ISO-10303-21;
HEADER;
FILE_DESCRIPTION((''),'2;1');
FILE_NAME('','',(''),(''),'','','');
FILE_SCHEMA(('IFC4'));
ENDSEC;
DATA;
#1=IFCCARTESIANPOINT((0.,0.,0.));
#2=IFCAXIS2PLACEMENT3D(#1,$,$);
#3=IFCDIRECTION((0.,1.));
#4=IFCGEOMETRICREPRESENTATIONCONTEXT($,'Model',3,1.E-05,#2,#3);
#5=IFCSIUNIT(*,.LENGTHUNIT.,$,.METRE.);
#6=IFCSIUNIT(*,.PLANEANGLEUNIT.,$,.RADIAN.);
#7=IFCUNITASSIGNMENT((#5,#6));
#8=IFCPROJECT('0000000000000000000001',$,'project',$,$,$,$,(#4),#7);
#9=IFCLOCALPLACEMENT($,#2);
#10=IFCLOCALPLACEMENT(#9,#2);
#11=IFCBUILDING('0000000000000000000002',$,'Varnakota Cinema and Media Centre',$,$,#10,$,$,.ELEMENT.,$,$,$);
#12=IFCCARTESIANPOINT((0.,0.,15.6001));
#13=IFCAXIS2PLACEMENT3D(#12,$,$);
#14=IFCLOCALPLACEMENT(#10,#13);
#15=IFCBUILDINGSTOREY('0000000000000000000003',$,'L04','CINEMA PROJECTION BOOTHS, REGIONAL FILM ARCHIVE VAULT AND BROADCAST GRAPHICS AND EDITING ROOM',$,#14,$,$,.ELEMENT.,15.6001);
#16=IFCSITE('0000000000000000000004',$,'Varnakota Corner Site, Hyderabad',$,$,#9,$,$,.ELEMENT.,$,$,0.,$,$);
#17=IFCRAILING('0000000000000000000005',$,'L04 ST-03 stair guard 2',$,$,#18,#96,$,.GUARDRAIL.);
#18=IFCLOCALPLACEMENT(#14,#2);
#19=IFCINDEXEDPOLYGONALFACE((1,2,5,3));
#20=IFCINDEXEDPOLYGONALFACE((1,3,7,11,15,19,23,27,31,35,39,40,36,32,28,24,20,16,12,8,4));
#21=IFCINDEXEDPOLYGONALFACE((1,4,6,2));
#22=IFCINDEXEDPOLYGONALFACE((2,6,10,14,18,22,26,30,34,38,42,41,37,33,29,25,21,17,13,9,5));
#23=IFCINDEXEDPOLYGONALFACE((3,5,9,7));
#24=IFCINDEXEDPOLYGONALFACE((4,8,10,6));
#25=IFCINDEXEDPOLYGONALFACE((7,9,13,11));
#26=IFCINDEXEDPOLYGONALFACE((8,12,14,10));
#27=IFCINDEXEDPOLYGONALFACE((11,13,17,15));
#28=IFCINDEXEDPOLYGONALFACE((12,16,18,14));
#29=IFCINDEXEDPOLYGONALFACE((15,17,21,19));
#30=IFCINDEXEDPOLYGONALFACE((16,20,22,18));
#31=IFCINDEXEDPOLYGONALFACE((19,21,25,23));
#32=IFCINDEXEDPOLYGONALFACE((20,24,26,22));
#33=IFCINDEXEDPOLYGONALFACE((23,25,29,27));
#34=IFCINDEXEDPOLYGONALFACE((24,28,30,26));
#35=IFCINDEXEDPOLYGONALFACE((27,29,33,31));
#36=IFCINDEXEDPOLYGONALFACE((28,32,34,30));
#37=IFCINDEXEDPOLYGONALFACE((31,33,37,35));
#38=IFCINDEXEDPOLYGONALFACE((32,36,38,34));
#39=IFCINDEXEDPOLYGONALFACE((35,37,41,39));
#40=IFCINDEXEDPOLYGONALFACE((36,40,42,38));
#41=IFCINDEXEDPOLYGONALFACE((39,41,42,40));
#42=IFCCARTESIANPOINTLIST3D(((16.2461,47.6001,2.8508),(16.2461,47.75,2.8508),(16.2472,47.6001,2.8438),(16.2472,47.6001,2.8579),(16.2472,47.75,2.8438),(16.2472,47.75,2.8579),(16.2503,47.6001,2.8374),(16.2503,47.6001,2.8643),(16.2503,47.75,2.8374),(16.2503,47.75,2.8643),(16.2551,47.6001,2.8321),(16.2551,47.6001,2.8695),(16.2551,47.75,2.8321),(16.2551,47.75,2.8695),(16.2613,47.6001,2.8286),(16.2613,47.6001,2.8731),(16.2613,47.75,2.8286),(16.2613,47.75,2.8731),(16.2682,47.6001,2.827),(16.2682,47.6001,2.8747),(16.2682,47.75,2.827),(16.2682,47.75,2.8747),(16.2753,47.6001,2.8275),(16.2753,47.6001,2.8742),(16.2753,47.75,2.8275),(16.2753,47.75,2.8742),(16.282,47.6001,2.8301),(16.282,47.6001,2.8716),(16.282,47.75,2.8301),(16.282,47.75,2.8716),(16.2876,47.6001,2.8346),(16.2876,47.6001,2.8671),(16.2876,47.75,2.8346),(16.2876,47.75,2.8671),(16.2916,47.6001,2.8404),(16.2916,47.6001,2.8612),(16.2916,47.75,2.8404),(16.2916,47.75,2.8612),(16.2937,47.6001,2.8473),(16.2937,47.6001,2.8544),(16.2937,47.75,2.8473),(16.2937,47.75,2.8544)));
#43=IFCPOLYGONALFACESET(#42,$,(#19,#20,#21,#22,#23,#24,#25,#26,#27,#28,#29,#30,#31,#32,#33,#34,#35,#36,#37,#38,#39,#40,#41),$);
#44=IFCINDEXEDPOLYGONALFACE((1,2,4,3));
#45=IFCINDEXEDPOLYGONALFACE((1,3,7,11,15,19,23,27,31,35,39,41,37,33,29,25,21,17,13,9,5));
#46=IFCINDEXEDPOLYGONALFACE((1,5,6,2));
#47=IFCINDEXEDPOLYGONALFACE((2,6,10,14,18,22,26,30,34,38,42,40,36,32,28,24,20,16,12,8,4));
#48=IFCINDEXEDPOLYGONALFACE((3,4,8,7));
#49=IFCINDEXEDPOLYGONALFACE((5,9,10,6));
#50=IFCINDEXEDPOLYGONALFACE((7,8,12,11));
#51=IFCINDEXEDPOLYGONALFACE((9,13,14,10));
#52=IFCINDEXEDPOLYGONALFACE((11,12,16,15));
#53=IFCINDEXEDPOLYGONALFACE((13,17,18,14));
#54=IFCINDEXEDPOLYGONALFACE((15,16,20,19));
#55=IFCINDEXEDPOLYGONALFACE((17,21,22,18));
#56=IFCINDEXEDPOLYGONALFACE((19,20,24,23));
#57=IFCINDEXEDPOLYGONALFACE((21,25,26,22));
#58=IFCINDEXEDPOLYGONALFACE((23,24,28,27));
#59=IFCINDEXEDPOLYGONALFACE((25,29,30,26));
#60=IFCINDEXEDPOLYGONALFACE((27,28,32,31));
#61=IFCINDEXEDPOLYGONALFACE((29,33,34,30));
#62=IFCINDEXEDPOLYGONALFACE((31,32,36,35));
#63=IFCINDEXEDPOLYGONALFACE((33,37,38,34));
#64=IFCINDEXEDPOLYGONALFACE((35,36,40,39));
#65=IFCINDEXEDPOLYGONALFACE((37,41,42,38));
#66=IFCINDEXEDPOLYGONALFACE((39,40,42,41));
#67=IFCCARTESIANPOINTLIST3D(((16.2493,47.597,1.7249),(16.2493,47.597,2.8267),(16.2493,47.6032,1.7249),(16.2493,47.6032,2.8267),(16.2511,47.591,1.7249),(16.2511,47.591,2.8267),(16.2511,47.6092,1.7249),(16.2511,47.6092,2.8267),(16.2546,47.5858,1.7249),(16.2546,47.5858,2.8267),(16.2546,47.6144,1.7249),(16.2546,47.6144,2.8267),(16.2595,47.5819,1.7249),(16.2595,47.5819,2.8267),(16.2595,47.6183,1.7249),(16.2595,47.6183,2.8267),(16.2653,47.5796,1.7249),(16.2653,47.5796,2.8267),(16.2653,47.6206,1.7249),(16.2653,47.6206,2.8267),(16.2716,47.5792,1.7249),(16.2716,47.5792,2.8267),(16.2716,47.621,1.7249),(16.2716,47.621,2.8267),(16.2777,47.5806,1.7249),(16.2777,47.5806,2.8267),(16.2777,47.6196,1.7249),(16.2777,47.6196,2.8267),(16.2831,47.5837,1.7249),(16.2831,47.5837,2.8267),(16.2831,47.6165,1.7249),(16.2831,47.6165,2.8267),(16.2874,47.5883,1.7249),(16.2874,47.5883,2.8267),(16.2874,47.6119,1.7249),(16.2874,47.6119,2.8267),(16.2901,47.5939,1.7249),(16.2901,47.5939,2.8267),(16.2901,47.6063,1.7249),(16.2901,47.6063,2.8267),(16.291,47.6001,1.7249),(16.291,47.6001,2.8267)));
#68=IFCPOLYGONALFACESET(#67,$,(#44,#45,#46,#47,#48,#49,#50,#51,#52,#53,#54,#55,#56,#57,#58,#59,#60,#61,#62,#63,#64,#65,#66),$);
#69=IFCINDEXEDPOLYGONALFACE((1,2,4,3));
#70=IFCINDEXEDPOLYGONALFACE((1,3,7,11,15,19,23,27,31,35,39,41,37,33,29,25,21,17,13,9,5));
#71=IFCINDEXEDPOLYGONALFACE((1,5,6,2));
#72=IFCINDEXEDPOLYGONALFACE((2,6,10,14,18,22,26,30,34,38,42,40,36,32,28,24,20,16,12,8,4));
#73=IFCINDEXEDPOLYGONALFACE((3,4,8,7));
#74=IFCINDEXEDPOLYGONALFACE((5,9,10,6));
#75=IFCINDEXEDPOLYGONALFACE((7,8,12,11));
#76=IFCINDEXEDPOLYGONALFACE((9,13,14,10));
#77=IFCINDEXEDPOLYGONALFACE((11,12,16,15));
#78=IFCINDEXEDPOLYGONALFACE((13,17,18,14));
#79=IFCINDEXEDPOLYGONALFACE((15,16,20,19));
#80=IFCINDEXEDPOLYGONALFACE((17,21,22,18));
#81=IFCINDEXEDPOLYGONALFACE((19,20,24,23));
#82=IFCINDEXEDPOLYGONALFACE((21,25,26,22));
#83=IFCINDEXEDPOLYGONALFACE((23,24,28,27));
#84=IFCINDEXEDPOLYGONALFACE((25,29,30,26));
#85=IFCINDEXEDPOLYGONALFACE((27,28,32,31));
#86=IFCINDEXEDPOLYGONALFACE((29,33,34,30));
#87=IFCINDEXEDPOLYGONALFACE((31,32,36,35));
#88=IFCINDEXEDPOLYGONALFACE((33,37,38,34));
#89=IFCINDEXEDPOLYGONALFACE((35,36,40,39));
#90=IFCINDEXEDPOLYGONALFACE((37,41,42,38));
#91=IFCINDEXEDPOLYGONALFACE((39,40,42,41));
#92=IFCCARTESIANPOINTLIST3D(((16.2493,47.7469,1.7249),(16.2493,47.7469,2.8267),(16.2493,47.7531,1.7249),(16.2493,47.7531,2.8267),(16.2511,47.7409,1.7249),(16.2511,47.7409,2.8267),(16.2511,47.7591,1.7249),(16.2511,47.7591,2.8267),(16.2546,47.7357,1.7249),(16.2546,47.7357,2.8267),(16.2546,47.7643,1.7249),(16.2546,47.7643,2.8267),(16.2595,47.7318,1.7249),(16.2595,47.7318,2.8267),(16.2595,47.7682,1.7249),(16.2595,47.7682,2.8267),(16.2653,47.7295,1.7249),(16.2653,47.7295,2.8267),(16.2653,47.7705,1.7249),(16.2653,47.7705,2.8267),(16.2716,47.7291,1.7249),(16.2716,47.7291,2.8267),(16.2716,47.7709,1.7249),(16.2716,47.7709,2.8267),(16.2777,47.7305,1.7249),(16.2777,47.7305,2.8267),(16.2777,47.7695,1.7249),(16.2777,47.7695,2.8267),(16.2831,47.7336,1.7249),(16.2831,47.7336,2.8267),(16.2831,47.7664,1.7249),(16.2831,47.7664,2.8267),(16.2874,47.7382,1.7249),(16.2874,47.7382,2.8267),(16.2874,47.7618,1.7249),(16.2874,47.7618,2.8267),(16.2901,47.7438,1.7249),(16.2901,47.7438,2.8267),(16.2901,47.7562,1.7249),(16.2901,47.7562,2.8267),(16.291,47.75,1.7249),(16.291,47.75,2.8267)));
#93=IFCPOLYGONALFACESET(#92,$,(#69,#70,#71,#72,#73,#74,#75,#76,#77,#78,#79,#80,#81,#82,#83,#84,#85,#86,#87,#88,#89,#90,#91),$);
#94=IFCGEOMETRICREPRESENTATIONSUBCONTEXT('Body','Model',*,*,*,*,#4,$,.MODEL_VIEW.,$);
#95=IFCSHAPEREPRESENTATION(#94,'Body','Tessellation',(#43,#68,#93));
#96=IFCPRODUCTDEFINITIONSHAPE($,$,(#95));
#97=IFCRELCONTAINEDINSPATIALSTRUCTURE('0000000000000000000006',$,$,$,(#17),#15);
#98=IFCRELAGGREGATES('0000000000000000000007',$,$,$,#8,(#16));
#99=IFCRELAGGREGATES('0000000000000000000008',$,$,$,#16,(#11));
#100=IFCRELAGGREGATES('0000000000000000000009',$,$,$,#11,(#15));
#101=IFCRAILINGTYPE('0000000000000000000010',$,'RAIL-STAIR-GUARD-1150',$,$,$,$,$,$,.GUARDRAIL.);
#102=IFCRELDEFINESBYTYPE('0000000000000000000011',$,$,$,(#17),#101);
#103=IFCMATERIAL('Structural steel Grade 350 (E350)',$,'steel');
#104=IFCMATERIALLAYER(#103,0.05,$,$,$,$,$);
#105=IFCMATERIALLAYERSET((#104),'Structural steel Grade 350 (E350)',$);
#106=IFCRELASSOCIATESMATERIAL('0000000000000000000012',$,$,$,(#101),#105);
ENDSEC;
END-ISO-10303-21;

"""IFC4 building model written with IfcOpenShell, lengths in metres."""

from ifc_helpers import new_model, si_unit, direction, frame, origin, origin_2d, place, context, subcontext, project, spatial, circle, extrude, material, layer, layer_set, type_object, element, save


model = new_model("IFC4")

# Units and contexts
model_context = context("Model", 3, precision=1e-05, world=origin(), true_north=direction((0.0, 1.0)))
body_context = subcontext(model_context, "Body", "Model", "MODEL_VIEW")
ifc_project = project(units=[si_unit("LENGTHUNIT", "METRE"), si_unit("PLANEANGLEUNIT", "RADIAN")], contexts=[model_context])

# Site, building, storey
site_placement = place(None, origin())
site = spatial("IfcSite", under=ifc_project, at=site_placement, Name="Varnakota Corner Site, Hyderabad", CompositionType="ELEMENT", RefElevation=0.0)
building_placement = place(site_placement, origin())
building = spatial("IfcBuilding", under=site, at=building_placement, Name="Varnakota Cinema and Media Centre", CompositionType="ELEMENT")
storey_placement = place(building_placement, frame((0.0, 0.0, 15.6001)))
storey = spatial("IfcBuildingStorey", under=building, at=storey_placement, Name="L04", Description="CINEMA PROJECTION BOOTHS, REGIONAL FILM ARCHIVE VAULT AND BROADCAST GRAPHICS AND EDITING ROOM", CompositionType="ELEMENT", Elevation=15.6001)

# Railing
ifc_material_1 = material(Name="Structural steel Grade 350 (E350)", Category="steel")
ifc_layer_1 = layer(ifc_material_1, 0.05)
ifc_layer_set_1 = layer_set([ifc_layer_1], Name="Structural steel Grade 350 (E350)")
railing_type_1 = type_object("IfcRailingType", Name="RAIL-STAIR-GUARD-1150", PredefinedType="GUARDRAIL", material=ifc_layer_set_1)
railing_1_placement = place(storey_placement, frame((16.27, 47.6001, 1.7249)))
element("IfcRailing", 1, at=railing_1_placement, inside=storey, type_object=railing_type_1, Name="L04 ST-03 stair guard 2", PredefinedType="GUARDRAIL", context=body_context, shape_type="SweptSolid", body=[
    extrude(circle(Radius=0.0239, at=origin_2d()), frame((0.0, 0.0, 1.126), z_axis=(0.0, 1.0, 0.0), x_axis=(-1.0, 0.0, 0.0)), (0.0, 0.0, 1.0), 0.1499),
    extrude(circle(Radius=0.021, at=origin_2d()), origin(), (0.0, 0.0, 1.0), 1.1018),
    extrude(circle(Radius=0.021, at=origin_2d()), frame((0.0, 0.1499, 0.0)), (0.0, 0.0, 1.0), 1.1018),
])

save(model, "model.ifc")
